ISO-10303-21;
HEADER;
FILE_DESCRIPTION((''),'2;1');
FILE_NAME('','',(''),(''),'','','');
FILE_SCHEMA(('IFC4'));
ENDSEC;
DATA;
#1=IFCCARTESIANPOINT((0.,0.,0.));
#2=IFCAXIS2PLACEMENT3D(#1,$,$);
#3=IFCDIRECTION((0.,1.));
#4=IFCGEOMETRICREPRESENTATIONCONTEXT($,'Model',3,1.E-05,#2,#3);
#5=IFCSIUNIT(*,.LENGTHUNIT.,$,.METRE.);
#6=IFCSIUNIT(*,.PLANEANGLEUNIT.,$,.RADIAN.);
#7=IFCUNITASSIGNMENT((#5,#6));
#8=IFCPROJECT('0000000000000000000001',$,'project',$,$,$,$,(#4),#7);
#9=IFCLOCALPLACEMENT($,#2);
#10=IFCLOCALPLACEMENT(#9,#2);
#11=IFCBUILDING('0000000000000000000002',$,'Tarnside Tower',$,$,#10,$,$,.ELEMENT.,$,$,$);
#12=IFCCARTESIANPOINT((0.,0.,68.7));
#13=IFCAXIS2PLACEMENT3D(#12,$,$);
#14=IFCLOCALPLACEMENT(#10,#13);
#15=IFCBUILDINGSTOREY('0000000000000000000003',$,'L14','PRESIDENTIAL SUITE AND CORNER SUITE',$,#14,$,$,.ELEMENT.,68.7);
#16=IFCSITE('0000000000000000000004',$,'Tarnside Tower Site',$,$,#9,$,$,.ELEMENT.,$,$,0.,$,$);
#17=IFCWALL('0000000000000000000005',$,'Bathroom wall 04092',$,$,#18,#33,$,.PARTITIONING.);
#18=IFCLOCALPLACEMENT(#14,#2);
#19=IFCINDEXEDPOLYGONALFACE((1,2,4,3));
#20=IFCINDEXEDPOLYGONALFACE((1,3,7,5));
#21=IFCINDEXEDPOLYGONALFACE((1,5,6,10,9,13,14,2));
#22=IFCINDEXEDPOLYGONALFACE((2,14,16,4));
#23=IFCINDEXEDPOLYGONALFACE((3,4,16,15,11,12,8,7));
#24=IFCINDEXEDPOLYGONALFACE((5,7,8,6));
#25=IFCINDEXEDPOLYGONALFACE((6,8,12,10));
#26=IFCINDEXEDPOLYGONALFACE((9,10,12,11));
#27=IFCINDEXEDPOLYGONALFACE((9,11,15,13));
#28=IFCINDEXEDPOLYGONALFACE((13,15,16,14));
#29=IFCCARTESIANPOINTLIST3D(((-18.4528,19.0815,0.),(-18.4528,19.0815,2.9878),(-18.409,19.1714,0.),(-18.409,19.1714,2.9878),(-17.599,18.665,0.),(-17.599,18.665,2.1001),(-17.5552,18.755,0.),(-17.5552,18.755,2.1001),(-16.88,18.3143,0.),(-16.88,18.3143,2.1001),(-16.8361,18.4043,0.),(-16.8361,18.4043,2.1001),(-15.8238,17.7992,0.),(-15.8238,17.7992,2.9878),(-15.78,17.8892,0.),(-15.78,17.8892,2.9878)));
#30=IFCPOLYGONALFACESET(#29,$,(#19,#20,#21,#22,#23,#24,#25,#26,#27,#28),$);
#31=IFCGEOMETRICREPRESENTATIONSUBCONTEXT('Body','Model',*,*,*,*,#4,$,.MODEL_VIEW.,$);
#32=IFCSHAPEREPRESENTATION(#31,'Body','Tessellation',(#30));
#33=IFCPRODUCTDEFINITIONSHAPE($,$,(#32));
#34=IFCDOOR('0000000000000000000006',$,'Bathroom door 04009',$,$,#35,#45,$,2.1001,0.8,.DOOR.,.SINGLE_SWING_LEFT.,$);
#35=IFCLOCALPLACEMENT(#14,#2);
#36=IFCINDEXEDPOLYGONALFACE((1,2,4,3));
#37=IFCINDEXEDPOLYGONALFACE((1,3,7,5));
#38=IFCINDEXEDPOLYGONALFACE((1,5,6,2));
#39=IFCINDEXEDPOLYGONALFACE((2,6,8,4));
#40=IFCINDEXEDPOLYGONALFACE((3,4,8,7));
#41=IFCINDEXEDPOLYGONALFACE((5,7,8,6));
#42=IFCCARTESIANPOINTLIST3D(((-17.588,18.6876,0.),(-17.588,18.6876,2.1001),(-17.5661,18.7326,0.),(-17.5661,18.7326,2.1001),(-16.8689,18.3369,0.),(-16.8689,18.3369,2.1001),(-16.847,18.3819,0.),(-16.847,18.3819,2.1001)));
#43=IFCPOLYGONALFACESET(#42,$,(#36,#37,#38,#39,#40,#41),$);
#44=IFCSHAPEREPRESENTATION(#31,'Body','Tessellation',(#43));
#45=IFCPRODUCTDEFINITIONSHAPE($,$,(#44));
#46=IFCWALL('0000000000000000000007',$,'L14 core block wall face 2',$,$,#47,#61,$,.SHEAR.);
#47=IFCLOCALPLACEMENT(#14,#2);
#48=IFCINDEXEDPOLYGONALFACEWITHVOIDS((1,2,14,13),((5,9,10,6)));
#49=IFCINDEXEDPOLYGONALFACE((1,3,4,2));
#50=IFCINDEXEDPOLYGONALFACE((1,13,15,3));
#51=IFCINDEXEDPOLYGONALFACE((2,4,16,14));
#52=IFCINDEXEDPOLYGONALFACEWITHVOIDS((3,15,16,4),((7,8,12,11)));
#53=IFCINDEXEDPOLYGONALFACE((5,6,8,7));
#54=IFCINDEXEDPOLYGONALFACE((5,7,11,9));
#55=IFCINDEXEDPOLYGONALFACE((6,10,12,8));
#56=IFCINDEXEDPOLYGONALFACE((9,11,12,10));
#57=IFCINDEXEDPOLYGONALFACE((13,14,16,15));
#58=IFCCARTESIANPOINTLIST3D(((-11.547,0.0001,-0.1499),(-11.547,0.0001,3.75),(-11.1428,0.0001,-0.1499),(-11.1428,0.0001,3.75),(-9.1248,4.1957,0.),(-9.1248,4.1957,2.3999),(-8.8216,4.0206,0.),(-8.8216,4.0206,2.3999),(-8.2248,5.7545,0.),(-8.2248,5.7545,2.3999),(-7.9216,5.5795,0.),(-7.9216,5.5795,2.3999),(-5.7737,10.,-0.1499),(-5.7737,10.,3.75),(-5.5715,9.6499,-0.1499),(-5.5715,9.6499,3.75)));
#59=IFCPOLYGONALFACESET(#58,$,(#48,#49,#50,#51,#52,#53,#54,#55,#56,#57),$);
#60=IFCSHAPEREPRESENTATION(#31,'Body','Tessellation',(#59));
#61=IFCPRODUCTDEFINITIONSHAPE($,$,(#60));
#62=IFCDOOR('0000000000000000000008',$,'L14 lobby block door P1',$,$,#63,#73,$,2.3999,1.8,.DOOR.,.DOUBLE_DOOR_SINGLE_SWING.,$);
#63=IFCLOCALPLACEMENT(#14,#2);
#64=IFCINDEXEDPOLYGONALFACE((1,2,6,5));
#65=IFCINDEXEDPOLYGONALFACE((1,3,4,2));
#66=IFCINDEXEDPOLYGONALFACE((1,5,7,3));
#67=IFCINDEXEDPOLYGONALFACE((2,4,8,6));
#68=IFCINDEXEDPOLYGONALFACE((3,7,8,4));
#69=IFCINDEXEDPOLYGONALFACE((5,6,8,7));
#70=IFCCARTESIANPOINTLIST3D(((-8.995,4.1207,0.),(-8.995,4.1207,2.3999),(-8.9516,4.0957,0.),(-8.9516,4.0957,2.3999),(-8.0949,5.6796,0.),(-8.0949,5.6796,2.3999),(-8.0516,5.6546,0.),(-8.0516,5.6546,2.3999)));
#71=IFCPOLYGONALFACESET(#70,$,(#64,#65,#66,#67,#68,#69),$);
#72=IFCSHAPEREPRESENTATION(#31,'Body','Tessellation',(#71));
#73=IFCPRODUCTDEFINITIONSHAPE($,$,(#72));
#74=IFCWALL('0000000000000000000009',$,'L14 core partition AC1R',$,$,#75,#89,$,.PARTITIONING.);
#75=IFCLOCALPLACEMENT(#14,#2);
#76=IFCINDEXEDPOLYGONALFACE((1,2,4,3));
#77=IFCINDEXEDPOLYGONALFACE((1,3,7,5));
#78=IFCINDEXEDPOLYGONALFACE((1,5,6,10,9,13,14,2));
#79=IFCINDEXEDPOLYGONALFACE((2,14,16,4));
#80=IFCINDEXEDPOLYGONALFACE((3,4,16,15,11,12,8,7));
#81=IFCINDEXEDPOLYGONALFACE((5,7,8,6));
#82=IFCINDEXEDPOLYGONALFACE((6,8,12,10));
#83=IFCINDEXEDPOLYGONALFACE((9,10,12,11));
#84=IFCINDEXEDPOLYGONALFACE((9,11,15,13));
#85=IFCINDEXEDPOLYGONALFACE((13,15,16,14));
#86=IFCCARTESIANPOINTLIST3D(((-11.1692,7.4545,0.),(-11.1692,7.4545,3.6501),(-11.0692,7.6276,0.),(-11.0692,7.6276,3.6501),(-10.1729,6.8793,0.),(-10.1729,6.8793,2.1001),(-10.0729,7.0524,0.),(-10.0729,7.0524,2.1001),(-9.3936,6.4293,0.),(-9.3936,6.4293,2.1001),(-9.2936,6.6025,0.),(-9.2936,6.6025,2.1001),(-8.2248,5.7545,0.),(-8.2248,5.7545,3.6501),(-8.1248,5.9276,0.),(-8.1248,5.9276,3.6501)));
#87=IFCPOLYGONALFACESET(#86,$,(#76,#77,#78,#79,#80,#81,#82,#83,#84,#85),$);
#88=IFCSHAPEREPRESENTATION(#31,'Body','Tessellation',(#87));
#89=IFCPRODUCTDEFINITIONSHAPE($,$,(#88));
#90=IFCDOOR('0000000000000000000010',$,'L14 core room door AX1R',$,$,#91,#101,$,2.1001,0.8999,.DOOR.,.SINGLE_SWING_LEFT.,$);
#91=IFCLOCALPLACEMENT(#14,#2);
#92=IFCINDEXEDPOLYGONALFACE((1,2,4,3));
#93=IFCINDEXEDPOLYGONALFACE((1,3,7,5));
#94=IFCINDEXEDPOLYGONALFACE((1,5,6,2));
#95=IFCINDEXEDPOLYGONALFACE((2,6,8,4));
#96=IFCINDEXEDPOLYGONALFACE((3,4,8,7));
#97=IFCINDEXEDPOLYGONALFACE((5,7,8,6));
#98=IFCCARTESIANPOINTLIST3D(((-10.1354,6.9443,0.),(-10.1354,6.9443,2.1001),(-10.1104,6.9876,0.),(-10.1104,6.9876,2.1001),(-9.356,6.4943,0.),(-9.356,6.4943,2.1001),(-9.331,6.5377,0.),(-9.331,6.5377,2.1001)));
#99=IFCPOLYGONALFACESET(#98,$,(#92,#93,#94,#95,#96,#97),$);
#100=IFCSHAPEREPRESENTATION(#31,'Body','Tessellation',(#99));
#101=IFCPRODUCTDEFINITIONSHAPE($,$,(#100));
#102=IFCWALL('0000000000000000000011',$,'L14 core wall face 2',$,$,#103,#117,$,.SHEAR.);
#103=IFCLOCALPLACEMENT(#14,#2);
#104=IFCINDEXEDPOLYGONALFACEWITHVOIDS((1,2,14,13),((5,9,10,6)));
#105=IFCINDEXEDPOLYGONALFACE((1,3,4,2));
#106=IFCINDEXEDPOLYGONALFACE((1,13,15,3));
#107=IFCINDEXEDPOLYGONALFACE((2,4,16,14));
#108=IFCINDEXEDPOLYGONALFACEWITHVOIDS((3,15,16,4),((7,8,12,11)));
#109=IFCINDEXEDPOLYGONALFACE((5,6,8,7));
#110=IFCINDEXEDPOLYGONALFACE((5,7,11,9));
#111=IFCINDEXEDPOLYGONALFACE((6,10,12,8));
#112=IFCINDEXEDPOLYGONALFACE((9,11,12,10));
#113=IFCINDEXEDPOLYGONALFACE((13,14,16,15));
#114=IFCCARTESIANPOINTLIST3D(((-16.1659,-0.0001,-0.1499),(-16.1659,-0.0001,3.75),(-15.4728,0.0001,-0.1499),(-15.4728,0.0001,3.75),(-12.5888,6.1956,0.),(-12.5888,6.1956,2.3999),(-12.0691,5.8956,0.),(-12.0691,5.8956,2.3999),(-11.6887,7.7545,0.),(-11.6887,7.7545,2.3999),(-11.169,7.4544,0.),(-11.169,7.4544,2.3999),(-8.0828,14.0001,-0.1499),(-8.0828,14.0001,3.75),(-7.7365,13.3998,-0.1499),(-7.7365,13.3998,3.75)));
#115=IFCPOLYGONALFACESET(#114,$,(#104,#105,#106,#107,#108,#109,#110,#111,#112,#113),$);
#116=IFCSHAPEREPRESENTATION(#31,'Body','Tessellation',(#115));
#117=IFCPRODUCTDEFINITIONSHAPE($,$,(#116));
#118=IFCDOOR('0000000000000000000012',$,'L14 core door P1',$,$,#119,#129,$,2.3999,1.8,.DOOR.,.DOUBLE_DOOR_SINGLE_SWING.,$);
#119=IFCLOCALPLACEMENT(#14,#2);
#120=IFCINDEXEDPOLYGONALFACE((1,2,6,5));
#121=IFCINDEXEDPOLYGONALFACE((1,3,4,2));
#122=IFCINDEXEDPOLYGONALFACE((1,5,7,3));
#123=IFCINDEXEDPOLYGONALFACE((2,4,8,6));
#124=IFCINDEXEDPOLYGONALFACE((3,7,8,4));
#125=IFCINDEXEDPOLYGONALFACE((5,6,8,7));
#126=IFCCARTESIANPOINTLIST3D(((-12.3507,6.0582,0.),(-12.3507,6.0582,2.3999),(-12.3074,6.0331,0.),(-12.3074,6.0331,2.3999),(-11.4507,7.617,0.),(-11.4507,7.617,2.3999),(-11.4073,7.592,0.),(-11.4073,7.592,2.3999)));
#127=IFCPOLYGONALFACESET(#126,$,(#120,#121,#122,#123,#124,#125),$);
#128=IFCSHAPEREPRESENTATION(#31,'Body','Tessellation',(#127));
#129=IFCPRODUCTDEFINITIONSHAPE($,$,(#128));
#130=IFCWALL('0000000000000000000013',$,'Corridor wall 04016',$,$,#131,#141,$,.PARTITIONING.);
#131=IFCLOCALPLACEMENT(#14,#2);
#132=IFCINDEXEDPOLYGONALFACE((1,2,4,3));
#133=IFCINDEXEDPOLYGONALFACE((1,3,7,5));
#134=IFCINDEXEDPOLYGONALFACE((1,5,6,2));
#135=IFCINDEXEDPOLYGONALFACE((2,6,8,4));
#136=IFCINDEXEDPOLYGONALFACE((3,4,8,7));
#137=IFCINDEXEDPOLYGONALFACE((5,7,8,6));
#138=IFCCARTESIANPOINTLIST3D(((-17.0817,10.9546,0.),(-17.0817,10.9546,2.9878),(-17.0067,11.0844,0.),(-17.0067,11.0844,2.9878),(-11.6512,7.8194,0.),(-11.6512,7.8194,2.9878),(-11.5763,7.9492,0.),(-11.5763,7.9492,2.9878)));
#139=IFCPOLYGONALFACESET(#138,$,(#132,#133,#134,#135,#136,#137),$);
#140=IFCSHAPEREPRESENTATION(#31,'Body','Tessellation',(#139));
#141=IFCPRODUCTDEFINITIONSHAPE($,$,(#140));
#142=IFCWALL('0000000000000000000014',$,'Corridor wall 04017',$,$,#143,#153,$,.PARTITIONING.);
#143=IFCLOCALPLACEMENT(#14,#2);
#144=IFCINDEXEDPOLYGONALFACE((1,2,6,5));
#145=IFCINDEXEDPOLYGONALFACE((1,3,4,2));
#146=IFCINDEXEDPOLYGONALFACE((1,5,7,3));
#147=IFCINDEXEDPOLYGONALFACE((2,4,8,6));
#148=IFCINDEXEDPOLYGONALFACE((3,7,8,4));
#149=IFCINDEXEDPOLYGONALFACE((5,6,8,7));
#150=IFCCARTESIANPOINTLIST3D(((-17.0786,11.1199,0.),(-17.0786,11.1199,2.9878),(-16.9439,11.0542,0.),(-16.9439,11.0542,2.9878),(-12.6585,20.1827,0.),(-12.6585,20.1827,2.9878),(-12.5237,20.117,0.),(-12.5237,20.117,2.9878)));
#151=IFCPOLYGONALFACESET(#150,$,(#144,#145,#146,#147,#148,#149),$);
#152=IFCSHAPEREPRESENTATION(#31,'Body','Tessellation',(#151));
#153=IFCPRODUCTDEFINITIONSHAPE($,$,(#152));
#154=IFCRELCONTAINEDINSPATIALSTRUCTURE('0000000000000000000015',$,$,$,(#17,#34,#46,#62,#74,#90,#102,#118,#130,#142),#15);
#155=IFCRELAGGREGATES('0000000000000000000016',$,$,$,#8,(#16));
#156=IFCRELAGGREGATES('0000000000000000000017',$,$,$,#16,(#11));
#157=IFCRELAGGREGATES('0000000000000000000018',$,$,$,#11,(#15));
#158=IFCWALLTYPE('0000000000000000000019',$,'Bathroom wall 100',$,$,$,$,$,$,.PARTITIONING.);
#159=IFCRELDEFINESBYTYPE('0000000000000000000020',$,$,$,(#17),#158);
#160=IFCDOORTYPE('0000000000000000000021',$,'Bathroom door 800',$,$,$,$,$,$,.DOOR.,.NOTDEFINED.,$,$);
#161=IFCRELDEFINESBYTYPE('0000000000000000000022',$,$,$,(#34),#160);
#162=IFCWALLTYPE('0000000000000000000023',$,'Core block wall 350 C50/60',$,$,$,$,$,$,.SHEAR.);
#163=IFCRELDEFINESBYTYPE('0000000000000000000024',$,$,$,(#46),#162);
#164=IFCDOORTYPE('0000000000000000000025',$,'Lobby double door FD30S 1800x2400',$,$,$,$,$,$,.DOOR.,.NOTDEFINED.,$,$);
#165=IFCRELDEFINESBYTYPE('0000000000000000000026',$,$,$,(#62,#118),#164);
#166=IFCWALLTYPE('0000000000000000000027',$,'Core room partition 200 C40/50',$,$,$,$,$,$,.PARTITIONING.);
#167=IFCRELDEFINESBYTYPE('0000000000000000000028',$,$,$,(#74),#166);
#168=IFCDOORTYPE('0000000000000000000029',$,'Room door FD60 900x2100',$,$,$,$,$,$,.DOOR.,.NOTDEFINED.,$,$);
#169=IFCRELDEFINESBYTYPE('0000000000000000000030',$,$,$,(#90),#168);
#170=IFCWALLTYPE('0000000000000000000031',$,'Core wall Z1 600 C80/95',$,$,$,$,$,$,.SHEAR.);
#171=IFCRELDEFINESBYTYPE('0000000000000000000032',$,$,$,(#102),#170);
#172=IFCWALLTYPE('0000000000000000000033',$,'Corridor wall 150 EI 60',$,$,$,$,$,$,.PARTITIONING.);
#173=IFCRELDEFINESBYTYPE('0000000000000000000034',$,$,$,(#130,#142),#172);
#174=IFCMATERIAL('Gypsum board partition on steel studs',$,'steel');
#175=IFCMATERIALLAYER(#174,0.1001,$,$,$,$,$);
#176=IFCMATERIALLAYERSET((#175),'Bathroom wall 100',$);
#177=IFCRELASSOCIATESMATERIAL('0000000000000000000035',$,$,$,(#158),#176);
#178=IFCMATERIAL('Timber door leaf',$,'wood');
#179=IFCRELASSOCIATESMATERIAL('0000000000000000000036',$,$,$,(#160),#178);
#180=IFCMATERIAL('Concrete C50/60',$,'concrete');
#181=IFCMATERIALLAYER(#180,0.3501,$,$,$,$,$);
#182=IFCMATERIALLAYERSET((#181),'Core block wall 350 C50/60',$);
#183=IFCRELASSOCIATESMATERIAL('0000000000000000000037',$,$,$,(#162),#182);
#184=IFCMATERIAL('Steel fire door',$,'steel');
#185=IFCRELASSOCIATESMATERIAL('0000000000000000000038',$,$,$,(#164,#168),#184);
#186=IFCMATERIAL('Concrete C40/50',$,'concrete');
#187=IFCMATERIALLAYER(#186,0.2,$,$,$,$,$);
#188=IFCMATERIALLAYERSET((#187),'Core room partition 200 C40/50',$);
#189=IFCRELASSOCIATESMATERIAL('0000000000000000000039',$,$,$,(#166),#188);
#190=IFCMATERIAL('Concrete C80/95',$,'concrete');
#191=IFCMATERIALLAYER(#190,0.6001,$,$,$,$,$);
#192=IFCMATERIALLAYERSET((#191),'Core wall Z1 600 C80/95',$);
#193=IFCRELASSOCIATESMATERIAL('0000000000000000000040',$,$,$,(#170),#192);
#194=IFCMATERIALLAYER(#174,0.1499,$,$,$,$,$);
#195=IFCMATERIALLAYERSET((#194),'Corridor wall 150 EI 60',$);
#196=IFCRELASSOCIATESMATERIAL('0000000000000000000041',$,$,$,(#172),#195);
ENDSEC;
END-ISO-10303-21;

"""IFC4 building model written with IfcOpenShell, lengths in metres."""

from ifc_helpers import new_model, si_unit, direction, frame, frame_2d, origin, place, context, subcontext, project, spatial, polyline, rectangle, outline, extrude, material, layer, layer_set, type_object, element, fill, save


model = new_model("IFC4")

# Units and contexts
model_context = context("Model", 3, precision=1e-05, world=origin(), true_north=direction((0.0, 1.0)))
body_context = subcontext(model_context, "Body", "Model", "MODEL_VIEW")
ifc_project = project(units=[si_unit("LENGTHUNIT", "METRE"), si_unit("PLANEANGLEUNIT", "RADIAN")], contexts=[model_context])

# Site, building, storey
site_placement = place(None, origin())
site = spatial("IfcSite", under=ifc_project, at=site_placement, Name="Tarnside Tower Site", CompositionType="ELEMENT", RefElevation=0.0)
building_placement = place(site_placement, origin())
building = spatial("IfcBuilding", under=site, at=building_placement, Name="Tarnside Tower", CompositionType="ELEMENT")
storey_placement = place(building_placement, frame((0.0, 0.0, 68.7)))
storey = spatial("IfcBuildingStorey", under=building, at=storey_placement, Name="L14", Description="PRESIDENTIAL SUITE AND CORNER SUITE", CompositionType="ELEMENT", Elevation=68.7)

# Walls, openings, doors
ifc_material_1 = material(Name="Gypsum board partition on steel studs", Category="steel")
ifc_layer_1 = layer(ifc_material_1, 0.1001)
ifc_layer_set_1 = layer_set([ifc_layer_1], Name="Bathroom wall 100")
wall_type_1 = type_object("IfcWallType", Name="Bathroom wall 100", PredefinedType="PARTITIONING", material=ifc_layer_set_1)
wall_1_placement = place(storey_placement, frame((-15.802, 17.8442, 0.0), z_axis=(0.0, 0.0, 1.0), x_axis=(-0.898791, 0.438378, 0.0)))
wall_1 = element("IfcWall", 1, at=wall_1_placement, inside=storey, type_object=wall_type_1, Name="Bathroom wall 04092", PredefinedType="PARTITIONING", context=body_context, shape_type="SweptSolid", body=[
    extrude(rectangle(XDim=2.925, YDim=0.1001, at=frame_2d((1.4624, 0.0))), origin(), (0.0, 0.0, 1.0), 2.9878),
])
opening_1_placement = place(wall_1_placement, frame((1.175, 0.0, 0.0)))
opening_1 = element("IfcOpeningElement", 2, at=opening_1_placement, cuts=wall_1, PredefinedType="OPENING", context=body_context, shape_type="SweptSolid", body=[
    extrude(rectangle(XDim=0.8, YDim=2.1001, at=frame_2d((0.3999, 1.05))), frame((0.0, 0.0601, 0.0), z_axis=(0.0, -1.0, 0.0), x_axis=(1.0, 0.0, 0.0)), (0.0, 0.0, 1.0), 0.1201),
])
ifc_material_2 = material(Name="Timber door leaf", Category="wood")
door_type_1 = type_object("IfcDoorType", Name="Bathroom door 800", OperationType="NOTDEFINED", PredefinedType="DOOR", material=ifc_material_2)
door_1_placement = place(opening_1_placement, origin())
door_1 = element("IfcDoor", 3, at=door_1_placement, inside=storey, type_object=door_type_1, Name="Bathroom door 04009", OperationType="SINGLE_SWING_LEFT", OverallHeight=2.1001, OverallWidth=0.8, PredefinedType="DOOR", context=body_context, shape_type="SweptSolid", body=[
    extrude(rectangle(XDim=0.8, YDim=2.1001, at=frame_2d((0.3999, 1.05))), frame((0.0, 0.0249, 0.0), z_axis=(0.0, -1.0, 0.0), x_axis=(1.0, 0.0, 0.0)), (0.0, 0.0, 1.0), 0.05),
])
fill(opening_1, door_1)
ifc_material_3 = material(Name="Concrete C50/60", Category="concrete")
ifc_layer_2 = layer(ifc_material_3, 0.3501)
ifc_layer_set_2 = layer_set([ifc_layer_2], Name="Core block wall 350 C50/60")
wall_type_2 = type_object("IfcWallType", Name="Core block wall 350 C50/60", PredefinedType="SHEAR", material=ifc_layer_set_2)
wall_2_placement = place(storey_placement, frame((-5.6726, 9.825, -0.1499), z_axis=(0.0, 0.0, 1.0), x_axis=(-0.499995, -0.866028, 0.0)))
wall_2 = element("IfcWall", 4, at=wall_2_placement, inside=storey, type_object=wall_type_2, Name="L14 core block wall face 2", PredefinedType="SHEAR", context=body_context, shape_type="SweptSolid", body=[
    extrude(outline(polyline([(-0.1011, -0.175), (11.4458, -0.175), (11.2437, 0.175), (0.1011, 0.175), (-0.1011, -0.175)])), origin(), (0.0, 0.0, 1.0), 3.8999),
])
opening_2_placement = place(wall_2_placement, frame((4.8013, 0.0, 0.1499)))
opening_2 = element("IfcOpeningElement", 5, at=opening_2_placement, cuts=wall_2, PredefinedType="OPENING", context=body_context, shape_type="SweptSolid", body=[
    extrude(rectangle(XDim=1.8, YDim=2.3999, at=frame_2d((0.8999, 1.2))), frame((0.0, 0.1851, 0.0), z_axis=(0.0, -1.0, 0.0), x_axis=(1.0, 0.0, 0.0)), (0.0, 0.0, 1.0), 0.3701),
])
ifc_material_4 = material(Name="Steel fire door", Category="steel")
door_type_2 = type_object("IfcDoorType", Name="Lobby double door FD30S 1800x2400", OperationType="NOTDEFINED", PredefinedType="DOOR", material=ifc_material_4)
door_2_placement = place(opening_2_placement, origin())
door_2 = element("IfcDoor", 6, at=door_2_placement, inside=storey, type_object=door_type_2, Name="L14 lobby block door P1", OperationType="DOUBLE_DOOR_SINGLE_SWING", OverallHeight=2.3999, OverallWidth=1.8, PredefinedType="DOOR", context=body_context, shape_type="SweptSolid", body=[
    extrude(rectangle(XDim=1.8, YDim=2.3999, at=frame_2d((0.8999, 1.2))), frame((0.0, 0.0249, 0.0), z_axis=(0.0, -1.0, 0.0), x_axis=(1.0, 0.0, 0.0)), (0.0, 0.0, 1.0), 0.05),
])
fill(opening_2, door_2)
ifc_material_5 = material(Name="Concrete C40/50", Category="concrete")
ifc_layer_3 = layer(ifc_material_5, 0.2)
ifc_layer_set_3 = layer_set([ifc_layer_3], Name="Core room partition 200 C40/50")
wall_type_3 = type_object("IfcWallType", Name="Core room partition 200 C40/50", PredefinedType="PARTITIONING", material=ifc_layer_set_3)
wall_3_placement = place(storey_placement, frame((-8.1748, 5.8411, 0.0), z_axis=(0.0, 0.0, 1.0), x_axis=(-0.866021, 0.500008, 0.0)))
wall_3 = element("IfcWall", 7, at=wall_3_placement, inside=storey, type_object=wall_type_3, Name="L14 core partition AC1R", PredefinedType="PARTITIONING", context=body_context, shape_type="SweptSolid", body=[
    extrude(rectangle(XDim=3.3999, YDim=0.2, at=frame_2d((1.7, 0.0))), origin(), (0.0, 0.0, 1.0), 3.6501),
])
opening_3_placement = place(wall_3_placement, frame((1.3496, 0.0, 0.0)))
opening_3 = element("IfcOpeningElement", 8, at=opening_3_placement, cuts=wall_3, PredefinedType="OPENING", context=body_context, shape_type="SweptSolid", body=[
    extrude(rectangle(XDim=0.8999, YDim=2.1001, at=frame_2d((0.45, 1.05))), frame((0.0, 0.1099, 0.0), z_axis=(0.0, -1.0, 0.0), x_axis=(1.0, 0.0, 0.0)), (0.0, 0.0, 1.0), 0.22),
])
door_type_3 = type_object("IfcDoorType", Name="Room door FD60 900x2100", OperationType="NOTDEFINED", PredefinedType="DOOR", material=ifc_material_4)
door_3_placement = place(opening_3_placement, origin())
door_3 = element("IfcDoor", 9, at=door_3_placement, inside=storey, type_object=door_type_3, Name="L14 core room door AX1R", OperationType="SINGLE_SWING_LEFT", OverallHeight=2.1001, OverallWidth=0.8999, PredefinedType="DOOR", context=body_context, shape_type="SweptSolid", body=[
    extrude(rectangle(XDim=0.8999, YDim=2.1001, at=frame_2d((0.45, 1.05))), frame((0.0, 0.0249, 0.0), z_axis=(0.0, -1.0, 0.0), x_axis=(1.0, 0.0, 0.0)), (0.0, 0.0, 1.0), 0.05),
])
fill(opening_3, door_3)
ifc_material_6 = material(Name="Concrete C80/95", Category="concrete")
ifc_layer_4 = layer(ifc_material_6, 0.6001)
ifc_layer_set_4 = layer_set([ifc_layer_4], Name="Core wall Z1 600 C80/95")
wall_type_4 = type_object("IfcWallType", Name="Core wall Z1 600 C80/95", PredefinedType="SHEAR", material=ifc_layer_set_4)
wall_4_placement = place(storey_placement, frame((-7.9097, 13.7, -0.1499), z_axis=(0.0, 0.0, 1.0), x_axis=(-0.5, -0.866025, 0.0)))
wall_4 = element("IfcWall", 10, at=wall_4_placement, inside=storey, type_object=wall_type_4, Name="L14 core wall face 2", PredefinedType="SHEAR", context=body_context, shape_type="SweptSolid", body=[
    extrude(outline(polyline([(-0.1733, -0.3), (15.9927, -0.3), (15.646, 0.3), (0.1733, 0.3), (-0.1733, -0.3)])), origin(), (0.0, 0.0, 1.0), 3.8999),
])
opening_4_placement = place(wall_4_placement, frame((7.0386, 0.0, 0.1499)))
opening_4 = element("IfcOpeningElement", 11, at=opening_4_placement, cuts=wall_4, PredefinedType="OPENING", context=body_context, shape_type="SweptSolid", body=[
    extrude(rectangle(XDim=1.8, YDim=2.3999, at=frame_2d((0.8999, 1.2))), frame((0.0, 0.3101, 0.0), z_axis=(0.0, -1.0, 0.0), x_axis=(1.0, 0.0, 0.0)), (0.0, 0.0, 1.0), 0.6201),
])
door_4_placement = place(opening_4_placement, origin())
door_4 = element("IfcDoor", 12, at=door_4_placement, inside=storey, type_object=door_type_2, Name="L14 core door P1", OperationType="DOUBLE_DOOR_SINGLE_SWING", OverallHeight=2.3999, OverallWidth=1.8, PredefinedType="DOOR", context=body_context, shape_type="SweptSolid", body=[
    extrude(rectangle(XDim=1.8, YDim=2.3999, at=frame_2d((0.8999, 1.2))), frame((0.0, 0.0249, 0.0), z_axis=(0.0, -1.0, 0.0), x_axis=(1.0, 0.0, 0.0)), (0.0, 0.0, 1.0), 0.05),
])
fill(opening_4, door_4)

# Walls
ifc_layer_5 = layer(ifc_material_1, 0.1499)
ifc_layer_set_5 = layer_set([ifc_layer_5], Name="Corridor wall 150 EI 60")
wall_type_5 = type_object("IfcWallType", Name="Corridor wall 150 EI 60", PredefinedType="PARTITIONING", material=ifc_layer_set_5)
wall_5_placement = place(storey_placement, frame((-11.6138, 7.8843, 0.0), z_axis=(0.0, 0.0, 1.0), x_axis=(-0.866025, 0.5, 0.0)))
element("IfcWall", 13, at=wall_5_placement, inside=storey, type_object=wall_type_5, Name="Corridor wall 04016", PredefinedType="PARTITIONING", context=body_context, shape_type="SweptSolid", body=[
    extrude(rectangle(XDim=6.2705, YDim=0.1499, at=frame_2d((3.1353, 0.0))), origin(), (0.0, 0.0, 1.0), 2.9878),
])
wall_6_placement = place(storey_placement, frame((-17.0112, 11.0872, 0.0), z_axis=(0.0, 0.0, 1.0), x_axis=(0.438369, 0.898795, 0.0)))
element("IfcWall", 14, at=wall_6_placement, inside=storey, type_object=wall_type_5, Name="Corridor wall 04017", PredefinedType="PARTITIONING", context=body_context, shape_type="SweptSolid", body=[
    extrude(rectangle(XDim=10.0833, YDim=0.1499, at=frame_2d((5.0415, 0.0))), origin(), (0.0, 0.0, 1.0), 2.9878),
])

save(model, "model.ifc")
